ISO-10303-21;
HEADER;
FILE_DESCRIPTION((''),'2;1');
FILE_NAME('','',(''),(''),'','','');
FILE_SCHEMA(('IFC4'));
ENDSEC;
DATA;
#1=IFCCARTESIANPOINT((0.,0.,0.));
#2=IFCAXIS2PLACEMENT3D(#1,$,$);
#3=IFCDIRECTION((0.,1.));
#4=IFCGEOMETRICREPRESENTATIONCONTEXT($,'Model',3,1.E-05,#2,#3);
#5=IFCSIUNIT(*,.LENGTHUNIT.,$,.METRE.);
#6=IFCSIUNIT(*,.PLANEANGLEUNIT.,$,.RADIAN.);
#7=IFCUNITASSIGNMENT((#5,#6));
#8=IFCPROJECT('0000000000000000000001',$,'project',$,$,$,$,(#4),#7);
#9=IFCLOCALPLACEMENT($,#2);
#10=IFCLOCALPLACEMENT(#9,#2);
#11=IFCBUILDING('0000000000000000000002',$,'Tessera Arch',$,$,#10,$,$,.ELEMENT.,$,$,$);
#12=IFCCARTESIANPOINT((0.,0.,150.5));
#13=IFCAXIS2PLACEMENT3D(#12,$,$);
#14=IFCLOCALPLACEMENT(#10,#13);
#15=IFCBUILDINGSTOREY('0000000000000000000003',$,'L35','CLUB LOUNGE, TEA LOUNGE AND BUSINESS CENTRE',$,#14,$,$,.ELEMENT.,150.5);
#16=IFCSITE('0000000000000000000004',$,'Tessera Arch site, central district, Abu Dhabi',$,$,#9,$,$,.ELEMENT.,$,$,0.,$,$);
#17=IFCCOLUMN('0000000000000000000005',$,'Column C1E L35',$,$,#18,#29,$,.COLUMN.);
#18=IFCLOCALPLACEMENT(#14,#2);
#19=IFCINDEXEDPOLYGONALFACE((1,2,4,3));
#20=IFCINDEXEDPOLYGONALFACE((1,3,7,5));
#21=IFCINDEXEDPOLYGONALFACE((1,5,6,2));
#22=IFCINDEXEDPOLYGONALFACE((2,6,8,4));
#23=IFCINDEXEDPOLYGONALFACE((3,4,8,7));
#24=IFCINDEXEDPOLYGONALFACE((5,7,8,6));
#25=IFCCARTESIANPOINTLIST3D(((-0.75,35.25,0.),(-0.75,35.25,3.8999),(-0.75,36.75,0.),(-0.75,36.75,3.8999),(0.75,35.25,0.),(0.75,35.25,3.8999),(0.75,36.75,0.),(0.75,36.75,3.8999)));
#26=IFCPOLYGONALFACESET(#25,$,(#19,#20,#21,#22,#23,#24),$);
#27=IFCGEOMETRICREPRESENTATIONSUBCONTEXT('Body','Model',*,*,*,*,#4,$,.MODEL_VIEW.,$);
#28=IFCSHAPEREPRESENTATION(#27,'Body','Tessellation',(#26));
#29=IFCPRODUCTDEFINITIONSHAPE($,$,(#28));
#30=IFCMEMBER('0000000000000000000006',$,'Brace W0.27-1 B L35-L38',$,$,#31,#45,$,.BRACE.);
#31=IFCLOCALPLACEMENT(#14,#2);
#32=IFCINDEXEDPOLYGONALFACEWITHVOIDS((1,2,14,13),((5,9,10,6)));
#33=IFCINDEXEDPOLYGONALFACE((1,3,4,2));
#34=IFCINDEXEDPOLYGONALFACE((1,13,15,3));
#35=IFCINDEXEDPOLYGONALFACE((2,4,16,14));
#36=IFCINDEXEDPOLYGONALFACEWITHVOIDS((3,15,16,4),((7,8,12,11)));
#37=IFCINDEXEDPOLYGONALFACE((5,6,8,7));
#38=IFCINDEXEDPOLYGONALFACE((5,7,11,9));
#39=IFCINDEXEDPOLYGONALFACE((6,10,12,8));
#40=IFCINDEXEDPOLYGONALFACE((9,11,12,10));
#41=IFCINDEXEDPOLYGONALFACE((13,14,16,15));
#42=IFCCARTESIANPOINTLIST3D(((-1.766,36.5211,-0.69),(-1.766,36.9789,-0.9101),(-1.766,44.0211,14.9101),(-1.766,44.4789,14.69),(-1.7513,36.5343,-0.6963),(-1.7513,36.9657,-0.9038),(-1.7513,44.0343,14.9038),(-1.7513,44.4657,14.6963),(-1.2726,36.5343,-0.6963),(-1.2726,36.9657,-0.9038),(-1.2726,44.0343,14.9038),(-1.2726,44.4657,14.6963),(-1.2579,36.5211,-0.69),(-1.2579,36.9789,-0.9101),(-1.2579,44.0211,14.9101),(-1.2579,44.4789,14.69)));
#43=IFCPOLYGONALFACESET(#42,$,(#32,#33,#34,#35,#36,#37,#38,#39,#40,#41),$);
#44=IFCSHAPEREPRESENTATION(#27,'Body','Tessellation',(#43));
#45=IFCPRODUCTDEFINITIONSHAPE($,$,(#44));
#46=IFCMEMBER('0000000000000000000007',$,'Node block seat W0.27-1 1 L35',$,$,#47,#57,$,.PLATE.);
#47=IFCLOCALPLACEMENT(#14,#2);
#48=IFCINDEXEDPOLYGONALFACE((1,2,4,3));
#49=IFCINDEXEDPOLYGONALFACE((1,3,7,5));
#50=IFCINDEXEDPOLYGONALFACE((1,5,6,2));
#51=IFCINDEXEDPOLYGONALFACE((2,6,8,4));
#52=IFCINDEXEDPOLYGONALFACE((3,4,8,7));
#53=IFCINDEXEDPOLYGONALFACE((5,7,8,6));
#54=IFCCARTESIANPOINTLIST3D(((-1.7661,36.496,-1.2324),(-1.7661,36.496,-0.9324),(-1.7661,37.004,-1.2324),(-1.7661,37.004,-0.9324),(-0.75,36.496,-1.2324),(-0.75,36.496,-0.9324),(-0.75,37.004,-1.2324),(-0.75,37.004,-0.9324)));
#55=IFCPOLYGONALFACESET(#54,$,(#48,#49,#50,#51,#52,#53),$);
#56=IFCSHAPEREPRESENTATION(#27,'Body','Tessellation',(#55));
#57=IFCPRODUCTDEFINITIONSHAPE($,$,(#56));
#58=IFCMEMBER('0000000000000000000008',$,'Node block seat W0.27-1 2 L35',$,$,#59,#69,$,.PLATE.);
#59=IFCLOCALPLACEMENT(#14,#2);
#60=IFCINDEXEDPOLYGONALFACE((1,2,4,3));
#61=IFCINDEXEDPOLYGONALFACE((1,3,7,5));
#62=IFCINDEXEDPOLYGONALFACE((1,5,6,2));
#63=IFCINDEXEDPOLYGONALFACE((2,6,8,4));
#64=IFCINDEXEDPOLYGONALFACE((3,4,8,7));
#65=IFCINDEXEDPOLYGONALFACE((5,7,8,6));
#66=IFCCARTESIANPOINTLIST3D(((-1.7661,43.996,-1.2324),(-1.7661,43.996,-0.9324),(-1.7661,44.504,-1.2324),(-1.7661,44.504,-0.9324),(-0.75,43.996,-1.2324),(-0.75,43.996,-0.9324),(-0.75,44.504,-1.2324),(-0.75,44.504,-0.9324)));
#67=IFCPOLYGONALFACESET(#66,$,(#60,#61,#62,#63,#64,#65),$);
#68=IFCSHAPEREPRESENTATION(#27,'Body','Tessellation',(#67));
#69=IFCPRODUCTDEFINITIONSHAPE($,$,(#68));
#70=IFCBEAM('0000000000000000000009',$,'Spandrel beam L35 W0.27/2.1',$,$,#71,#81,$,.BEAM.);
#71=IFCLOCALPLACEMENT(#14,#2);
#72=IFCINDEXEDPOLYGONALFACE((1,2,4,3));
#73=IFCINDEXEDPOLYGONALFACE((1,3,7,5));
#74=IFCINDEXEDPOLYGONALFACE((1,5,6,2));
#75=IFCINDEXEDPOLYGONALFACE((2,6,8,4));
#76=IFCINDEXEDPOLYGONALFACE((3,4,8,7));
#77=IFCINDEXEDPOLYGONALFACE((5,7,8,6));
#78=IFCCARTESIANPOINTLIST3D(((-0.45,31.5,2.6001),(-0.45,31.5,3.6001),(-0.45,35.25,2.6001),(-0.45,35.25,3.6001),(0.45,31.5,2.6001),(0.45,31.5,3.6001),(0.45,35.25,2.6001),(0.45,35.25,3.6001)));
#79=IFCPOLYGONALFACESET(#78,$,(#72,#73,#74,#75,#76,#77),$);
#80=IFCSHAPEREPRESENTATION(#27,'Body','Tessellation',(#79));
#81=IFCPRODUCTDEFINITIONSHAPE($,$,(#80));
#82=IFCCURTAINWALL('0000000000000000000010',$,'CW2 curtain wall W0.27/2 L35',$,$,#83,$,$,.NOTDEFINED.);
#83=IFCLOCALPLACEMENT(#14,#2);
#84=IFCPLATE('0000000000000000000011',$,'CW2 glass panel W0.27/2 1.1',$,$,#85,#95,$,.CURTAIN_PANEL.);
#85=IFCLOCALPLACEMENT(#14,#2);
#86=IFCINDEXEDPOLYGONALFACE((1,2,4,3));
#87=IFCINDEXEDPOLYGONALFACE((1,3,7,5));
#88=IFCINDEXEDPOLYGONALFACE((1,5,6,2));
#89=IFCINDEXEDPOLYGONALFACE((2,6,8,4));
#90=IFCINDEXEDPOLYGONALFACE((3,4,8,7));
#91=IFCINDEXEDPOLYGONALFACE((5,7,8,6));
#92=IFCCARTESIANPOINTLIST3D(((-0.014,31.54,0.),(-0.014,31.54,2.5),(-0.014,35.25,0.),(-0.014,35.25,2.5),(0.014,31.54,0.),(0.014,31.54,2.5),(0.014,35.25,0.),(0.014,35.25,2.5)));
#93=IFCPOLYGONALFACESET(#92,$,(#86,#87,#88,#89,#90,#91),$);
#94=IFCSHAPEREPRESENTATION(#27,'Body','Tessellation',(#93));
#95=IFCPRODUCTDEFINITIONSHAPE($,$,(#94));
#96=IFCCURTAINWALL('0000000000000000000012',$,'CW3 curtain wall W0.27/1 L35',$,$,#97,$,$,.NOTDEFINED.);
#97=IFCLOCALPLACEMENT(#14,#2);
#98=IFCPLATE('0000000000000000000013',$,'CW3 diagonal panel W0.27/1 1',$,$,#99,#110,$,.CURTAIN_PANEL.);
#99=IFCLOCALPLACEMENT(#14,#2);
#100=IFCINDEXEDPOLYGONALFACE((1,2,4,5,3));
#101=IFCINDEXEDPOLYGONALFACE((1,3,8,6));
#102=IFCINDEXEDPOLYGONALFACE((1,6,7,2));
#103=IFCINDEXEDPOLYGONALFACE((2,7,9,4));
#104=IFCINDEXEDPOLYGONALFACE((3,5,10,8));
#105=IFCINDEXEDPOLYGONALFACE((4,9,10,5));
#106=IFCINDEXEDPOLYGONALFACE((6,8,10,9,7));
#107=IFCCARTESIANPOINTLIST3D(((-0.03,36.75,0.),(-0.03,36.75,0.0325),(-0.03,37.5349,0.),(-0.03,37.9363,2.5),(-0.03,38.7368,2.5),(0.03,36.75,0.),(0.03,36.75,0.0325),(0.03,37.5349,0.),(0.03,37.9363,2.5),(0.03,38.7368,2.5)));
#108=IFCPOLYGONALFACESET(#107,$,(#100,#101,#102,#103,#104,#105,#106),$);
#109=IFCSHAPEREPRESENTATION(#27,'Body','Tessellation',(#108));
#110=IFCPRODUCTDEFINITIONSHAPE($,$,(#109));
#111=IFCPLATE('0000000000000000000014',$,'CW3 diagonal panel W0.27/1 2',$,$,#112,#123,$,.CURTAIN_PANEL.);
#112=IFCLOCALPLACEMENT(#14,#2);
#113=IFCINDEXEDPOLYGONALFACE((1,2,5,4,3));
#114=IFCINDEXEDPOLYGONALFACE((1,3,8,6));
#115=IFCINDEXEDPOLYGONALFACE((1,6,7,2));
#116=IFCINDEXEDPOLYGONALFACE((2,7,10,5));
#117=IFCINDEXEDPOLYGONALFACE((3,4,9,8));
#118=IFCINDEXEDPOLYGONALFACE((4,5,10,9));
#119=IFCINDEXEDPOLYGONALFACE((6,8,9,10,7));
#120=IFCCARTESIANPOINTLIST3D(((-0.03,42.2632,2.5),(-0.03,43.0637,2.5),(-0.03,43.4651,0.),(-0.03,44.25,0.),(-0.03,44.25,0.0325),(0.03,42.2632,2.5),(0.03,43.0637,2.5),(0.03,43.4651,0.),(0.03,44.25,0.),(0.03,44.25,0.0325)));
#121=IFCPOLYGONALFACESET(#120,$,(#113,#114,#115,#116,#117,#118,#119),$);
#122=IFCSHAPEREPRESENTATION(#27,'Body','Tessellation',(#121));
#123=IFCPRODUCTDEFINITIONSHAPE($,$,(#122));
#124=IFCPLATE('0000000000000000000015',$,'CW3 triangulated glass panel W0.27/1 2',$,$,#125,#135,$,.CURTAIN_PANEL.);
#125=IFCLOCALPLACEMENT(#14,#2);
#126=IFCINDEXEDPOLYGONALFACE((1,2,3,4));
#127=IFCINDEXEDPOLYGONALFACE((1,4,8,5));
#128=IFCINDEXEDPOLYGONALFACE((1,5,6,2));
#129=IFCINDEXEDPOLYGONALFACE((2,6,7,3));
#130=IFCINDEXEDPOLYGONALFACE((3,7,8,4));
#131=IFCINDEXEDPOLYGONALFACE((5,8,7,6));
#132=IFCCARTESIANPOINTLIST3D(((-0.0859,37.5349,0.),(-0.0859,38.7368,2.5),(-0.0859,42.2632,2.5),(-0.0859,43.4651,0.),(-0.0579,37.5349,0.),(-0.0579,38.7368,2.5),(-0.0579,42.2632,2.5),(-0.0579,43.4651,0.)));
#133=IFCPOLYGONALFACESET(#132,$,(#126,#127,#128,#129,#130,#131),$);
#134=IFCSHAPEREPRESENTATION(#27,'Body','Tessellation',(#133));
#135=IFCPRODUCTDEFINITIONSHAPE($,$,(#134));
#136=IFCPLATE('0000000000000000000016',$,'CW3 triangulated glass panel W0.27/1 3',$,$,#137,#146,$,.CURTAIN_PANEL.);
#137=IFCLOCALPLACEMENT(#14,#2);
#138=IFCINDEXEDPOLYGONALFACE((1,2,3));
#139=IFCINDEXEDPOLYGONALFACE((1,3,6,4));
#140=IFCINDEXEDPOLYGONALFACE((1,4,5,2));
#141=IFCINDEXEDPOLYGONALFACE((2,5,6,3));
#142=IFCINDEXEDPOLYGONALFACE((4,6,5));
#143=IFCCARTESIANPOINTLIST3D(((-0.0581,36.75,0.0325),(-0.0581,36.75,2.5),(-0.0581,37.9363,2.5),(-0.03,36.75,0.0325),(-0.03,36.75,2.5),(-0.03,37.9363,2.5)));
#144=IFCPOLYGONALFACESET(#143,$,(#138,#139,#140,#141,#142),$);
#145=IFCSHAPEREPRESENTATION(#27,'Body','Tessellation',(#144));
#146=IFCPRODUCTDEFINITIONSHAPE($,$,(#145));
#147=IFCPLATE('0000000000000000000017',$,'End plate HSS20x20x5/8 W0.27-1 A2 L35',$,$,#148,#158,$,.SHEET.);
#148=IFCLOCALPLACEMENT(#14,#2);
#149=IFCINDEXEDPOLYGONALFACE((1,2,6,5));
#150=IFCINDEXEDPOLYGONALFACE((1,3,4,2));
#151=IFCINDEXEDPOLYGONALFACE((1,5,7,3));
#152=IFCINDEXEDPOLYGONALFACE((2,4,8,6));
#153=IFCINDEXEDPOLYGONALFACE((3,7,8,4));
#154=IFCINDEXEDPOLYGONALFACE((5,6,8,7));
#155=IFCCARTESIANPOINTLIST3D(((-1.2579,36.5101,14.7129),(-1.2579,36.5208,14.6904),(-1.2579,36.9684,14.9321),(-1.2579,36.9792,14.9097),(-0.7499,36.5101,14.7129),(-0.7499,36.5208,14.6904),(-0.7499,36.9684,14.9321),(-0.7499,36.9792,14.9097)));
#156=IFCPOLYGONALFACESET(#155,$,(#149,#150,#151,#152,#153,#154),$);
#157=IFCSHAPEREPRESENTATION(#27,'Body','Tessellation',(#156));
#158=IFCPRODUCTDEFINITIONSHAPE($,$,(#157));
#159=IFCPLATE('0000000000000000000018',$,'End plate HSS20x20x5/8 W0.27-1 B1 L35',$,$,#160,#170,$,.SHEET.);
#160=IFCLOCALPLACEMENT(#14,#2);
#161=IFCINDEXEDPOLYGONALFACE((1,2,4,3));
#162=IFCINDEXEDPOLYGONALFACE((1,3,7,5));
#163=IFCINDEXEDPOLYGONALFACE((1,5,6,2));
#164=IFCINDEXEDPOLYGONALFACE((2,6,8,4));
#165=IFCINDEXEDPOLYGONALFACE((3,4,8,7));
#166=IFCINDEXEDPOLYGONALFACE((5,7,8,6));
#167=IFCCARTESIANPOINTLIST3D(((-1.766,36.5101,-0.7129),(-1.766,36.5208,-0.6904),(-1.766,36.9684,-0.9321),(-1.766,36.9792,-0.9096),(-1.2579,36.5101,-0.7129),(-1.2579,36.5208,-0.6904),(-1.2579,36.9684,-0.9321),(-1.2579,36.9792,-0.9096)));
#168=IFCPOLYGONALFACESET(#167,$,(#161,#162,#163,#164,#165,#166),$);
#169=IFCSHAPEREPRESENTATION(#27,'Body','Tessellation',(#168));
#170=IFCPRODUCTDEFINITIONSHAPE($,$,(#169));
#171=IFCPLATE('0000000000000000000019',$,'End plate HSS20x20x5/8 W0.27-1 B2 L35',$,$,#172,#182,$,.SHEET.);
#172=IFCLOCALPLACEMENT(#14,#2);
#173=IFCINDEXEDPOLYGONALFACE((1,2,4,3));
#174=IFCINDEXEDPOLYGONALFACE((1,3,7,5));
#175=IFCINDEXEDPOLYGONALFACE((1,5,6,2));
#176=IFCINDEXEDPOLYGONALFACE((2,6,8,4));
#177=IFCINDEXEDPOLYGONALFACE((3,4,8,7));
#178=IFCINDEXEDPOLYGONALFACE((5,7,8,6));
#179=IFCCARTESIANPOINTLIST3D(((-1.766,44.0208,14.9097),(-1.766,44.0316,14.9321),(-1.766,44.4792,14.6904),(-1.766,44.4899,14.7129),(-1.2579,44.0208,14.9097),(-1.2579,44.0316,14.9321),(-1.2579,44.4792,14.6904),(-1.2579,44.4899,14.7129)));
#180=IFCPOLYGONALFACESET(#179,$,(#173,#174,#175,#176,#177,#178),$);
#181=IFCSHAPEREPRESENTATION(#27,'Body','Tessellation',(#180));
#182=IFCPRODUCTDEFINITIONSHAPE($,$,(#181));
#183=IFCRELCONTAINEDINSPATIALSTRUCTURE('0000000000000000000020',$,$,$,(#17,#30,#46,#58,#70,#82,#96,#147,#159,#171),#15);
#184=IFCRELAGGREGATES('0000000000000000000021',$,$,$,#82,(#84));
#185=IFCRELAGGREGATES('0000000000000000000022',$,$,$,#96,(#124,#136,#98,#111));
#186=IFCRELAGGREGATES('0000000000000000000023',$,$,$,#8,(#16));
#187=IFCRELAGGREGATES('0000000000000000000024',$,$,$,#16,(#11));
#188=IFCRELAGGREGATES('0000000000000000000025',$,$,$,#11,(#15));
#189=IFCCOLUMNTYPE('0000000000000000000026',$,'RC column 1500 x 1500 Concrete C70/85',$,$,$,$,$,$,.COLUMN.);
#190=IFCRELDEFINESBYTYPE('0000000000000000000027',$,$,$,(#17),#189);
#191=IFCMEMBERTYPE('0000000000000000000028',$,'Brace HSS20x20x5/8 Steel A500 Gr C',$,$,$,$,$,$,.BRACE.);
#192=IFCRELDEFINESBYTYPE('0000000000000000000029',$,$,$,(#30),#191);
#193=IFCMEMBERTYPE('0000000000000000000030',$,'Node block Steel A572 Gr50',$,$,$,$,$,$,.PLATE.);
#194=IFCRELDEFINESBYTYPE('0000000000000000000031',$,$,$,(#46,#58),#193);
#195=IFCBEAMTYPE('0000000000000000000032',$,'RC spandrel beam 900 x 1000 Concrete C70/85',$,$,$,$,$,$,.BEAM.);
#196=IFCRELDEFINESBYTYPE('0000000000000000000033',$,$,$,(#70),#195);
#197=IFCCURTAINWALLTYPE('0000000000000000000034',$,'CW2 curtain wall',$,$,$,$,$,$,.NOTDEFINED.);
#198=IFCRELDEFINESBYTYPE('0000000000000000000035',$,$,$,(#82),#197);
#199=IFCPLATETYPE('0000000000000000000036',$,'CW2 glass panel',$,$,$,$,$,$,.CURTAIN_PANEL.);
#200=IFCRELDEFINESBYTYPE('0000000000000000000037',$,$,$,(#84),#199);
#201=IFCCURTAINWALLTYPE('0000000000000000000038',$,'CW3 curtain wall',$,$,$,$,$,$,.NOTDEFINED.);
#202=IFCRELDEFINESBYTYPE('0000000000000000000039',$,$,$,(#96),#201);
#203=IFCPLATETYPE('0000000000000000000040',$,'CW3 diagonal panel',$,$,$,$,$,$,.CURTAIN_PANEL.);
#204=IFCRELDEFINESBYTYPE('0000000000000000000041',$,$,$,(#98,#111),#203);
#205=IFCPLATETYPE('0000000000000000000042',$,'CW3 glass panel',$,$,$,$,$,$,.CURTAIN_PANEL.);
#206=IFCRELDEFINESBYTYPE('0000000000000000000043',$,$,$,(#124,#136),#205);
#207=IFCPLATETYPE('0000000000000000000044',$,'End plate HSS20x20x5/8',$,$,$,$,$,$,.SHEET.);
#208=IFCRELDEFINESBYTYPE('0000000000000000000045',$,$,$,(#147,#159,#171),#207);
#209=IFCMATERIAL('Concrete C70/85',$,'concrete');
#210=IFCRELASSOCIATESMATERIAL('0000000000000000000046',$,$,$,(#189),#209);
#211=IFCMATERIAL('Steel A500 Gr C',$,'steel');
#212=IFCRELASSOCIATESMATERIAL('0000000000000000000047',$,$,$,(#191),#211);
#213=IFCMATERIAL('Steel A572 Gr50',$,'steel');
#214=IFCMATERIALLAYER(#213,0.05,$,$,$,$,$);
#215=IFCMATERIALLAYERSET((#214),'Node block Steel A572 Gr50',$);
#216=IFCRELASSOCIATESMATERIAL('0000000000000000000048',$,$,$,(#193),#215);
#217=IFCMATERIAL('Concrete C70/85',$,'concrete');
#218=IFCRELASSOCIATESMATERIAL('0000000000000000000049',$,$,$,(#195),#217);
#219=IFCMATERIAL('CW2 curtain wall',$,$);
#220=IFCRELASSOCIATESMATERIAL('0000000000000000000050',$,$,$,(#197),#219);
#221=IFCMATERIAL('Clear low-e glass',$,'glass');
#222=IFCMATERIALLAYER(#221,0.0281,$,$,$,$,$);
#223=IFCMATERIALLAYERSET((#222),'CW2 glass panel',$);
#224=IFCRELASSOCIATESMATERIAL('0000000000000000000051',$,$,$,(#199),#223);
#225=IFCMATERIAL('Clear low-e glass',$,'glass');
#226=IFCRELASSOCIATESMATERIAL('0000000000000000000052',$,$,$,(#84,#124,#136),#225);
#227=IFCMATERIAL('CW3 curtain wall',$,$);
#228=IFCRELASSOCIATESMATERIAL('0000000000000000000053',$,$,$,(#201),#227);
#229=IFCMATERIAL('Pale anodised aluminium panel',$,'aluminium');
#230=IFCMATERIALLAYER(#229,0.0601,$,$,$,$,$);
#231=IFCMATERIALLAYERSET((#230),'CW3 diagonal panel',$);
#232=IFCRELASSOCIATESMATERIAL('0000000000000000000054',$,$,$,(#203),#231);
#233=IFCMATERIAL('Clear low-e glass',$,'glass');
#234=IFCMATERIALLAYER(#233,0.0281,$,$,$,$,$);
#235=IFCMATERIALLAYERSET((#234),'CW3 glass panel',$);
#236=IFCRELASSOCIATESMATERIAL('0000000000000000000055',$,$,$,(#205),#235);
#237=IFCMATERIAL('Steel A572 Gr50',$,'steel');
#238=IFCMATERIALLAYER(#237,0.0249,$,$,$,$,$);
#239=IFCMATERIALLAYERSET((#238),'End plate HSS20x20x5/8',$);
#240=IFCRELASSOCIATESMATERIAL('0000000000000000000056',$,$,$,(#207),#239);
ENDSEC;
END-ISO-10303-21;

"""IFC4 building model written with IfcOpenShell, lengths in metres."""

from ifc_helpers import new_model, si_unit, direction, frame, origin, origin_2d, place, context, subcontext, project, spatial, polyline, rectangle, hollow_rectangle, outline, extrude, material, layer, layer_set, material_profile, profile_set, type_object, element, aggregate, save


model = new_model("IFC4")

# Units and contexts
model_context = context("Model", 3, precision=1e-05, world=origin(), true_north=direction((0.0, 1.0)))
body_context = subcontext(model_context, "Body", "Model", "MODEL_VIEW")
ifc_project = project(units=[si_unit("LENGTHUNIT", "METRE"), si_unit("PLANEANGLEUNIT", "RADIAN")], contexts=[model_context])

# Site, building, storey
site_placement = place(None, origin())
site = spatial("IfcSite", under=ifc_project, at=site_placement, Name="Tessera Arch site, central district, Abu Dhabi", CompositionType="ELEMENT", RefElevation=0.0)
building_placement = place(site_placement, origin())
building = spatial("IfcBuilding", under=site, at=building_placement, Name="Tessera Arch", CompositionType="ELEMENT")
storey_placement = place(building_placement, frame((0.0, 0.0, 150.5)))
storey = spatial("IfcBuildingStorey", under=building, at=storey_placement, Name="L35", Description="CLUB LOUNGE, TEA LOUNGE AND BUSINESS CENTRE", CompositionType="ELEMENT", Elevation=150.5)

# Column
ifc_material_1 = material(Name="Concrete C70/85", Category="concrete")
ifc_material_profile_1 = material_profile(ifc_material_1, rectangle(XDim=1.5, YDim=1.5, at=origin_2d()), Name="RC column 1500 x 1500 Concrete C70/85")
ifc_profile_set_1 = profile_set([ifc_material_profile_1], Name="Concrete C70/85")
column_type = type_object("IfcColumnType", Name="RC column 1500 x 1500 Concrete C70/85", PredefinedType="COLUMN", material=ifc_profile_set_1)
column_placement = place(storey_placement, frame((0.0, 36.0, 0.0), z_axis=(0.0, 0.0, 1.0), x_axis=(1.0, 0.0, 0.0)))
element("IfcColumn", 1, at=column_placement, inside=storey, type_object=column_type, Name="Column C1E L35", PredefinedType="COLUMN", context=body_context, shape_type="SweptSolid", body=[
    extrude(rectangle(XDim=1.5, YDim=1.5, at=origin_2d()), origin(), (0.0, 0.0, 1.0), 3.8999),
])

# Members
ifc_material_2 = material(Name="Steel A500 Gr C", Category="steel")
ifc_material_profile_2 = material_profile(ifc_material_2, hollow_rectangle(XDim=0.5081, YDim=0.5081, WallThickness=0.0146, at=origin_2d()), Name="HSS20x20x5/8")
ifc_profile_set_2 = profile_set([ifc_material_profile_2], Name="Steel A500 Gr C")
member_type_1 = type_object("IfcMemberType", Name="Brace HSS20x20x5/8 Steel A500 Gr C", PredefinedType="BRACE", material=ifc_profile_set_2)
member_placement = place(storey_placement, frame((-1.512, 36.75, -0.8), z_axis=(0.0, 0.433292, 0.901253), x_axis=(-1.0, 0.0, 0.0)))
element("IfcMember", 2, at=member_placement, inside=storey, type_object=member_type_1, Name="Brace W0.27-1 B L35-L38", PredefinedType="BRACE", context=body_context, shape_type="SweptSolid", body=[
    extrude(hollow_rectangle(XDim=0.5081, YDim=0.5081, WallThickness=0.0146, at=origin_2d()), origin(), (0.0, 0.0, 1.0), 17.3093),
])
ifc_material_3 = material(Name="Steel A572 Gr50", Category="steel")
ifc_layer_1 = layer(ifc_material_3, 0.05)
ifc_layer_set_1 = layer_set([ifc_layer_1], Name="Node block Steel A572 Gr50")
member_type_2 = type_object("IfcMemberType", Name="Node block Steel A572 Gr50", PredefinedType="PLATE", material=ifc_layer_set_1)
for number, where, z_axis, x_axis, name in (
    (3, (-1.2581, 36.75, -1.2324), (0.0, 0.0, 1.0), (0.0, -1.0, 0.0), "Node block seat W0.27-1 1 L35"),
    (4, (-1.2581, 44.25, -1.2324), (0.0, 0.0, 1.0), (0.0, -1.0, 0.0), "Node block seat W0.27-1 2 L35"),
):
    element("IfcMember", number, at=place(storey_placement, frame(where, z_axis=z_axis, x_axis=x_axis)), inside=storey, type_object=member_type_2, Name=name, PredefinedType="PLATE", context=body_context, shape_type="SweptSolid", body=[
        extrude(rectangle(XDim=0.5081, YDim=1.0161, at=origin_2d()), origin(), (0.0, 0.0, 1.0), 0.3),
    ])

# Beam
ifc_material_4 = material(Name="Concrete C70/85", Category="concrete")
ifc_material_profile_3 = material_profile(ifc_material_4, rectangle(XDim=0.8999, YDim=1.0, at=origin_2d()), Name="RC spandrel beam 900 x 1000 Concrete C70/85")
ifc_profile_set_3 = profile_set([ifc_material_profile_3], Name="Concrete C70/85")
beam_type = type_object("IfcBeamType", Name="RC spandrel beam 900 x 1000 Concrete C70/85", PredefinedType="BEAM", material=ifc_profile_set_3)
beam_placement = place(storey_placement, frame((0.0, 35.25, 3.1001), z_axis=(0.0, -1.0, 0.0), x_axis=(1.0, 0.0, 0.0)))
element("IfcBeam", 5, at=beam_placement, inside=storey, type_object=beam_type, Name="Spandrel beam L35 W0.27/2.1", PredefinedType="BEAM", context=body_context, shape_type="SweptSolid", body=[
    extrude(rectangle(XDim=0.8999, YDim=1.0, at=origin_2d()), origin(), (0.0, 0.0, 1.0), 3.75),
])

# Curtain wall, plate
ifc_material_5 = material(Name="CW2 curtain wall")
curtain_wall_type_1 = type_object("IfcCurtainWallType", Name="CW2 curtain wall", PredefinedType="NOTDEFINED", material=ifc_material_5)
curtain_wall_1_placement = place(storey_placement, origin())
curtain_wall_1 = element("IfcCurtainWall", 6, at=curtain_wall_1_placement, inside=storey, type_object=curtain_wall_type_1, Name="CW2 curtain wall W0.27/2 L35", PredefinedType="NOTDEFINED")
ifc_material_6 = material(Name="Clear low-e glass", Category="glass")
ifc_material_7 = material(Name="Clear low-e glass", Category="glass")
ifc_layer_2 = layer(ifc_material_7, 0.0281)
ifc_layer_set_2 = layer_set([ifc_layer_2], Name="CW2 glass panel")
plate_type_1 = type_object("IfcPlateType", Name="CW2 glass panel", PredefinedType="CURTAIN_PANEL", material=ifc_layer_set_2)
plate_1_placement = place(storey_placement, frame((0.0, 33.395, 0.0), z_axis=(0.0, 0.0, 1.0), x_axis=(0.0, -1.0, 0.0)))
plate_1 = element("IfcPlate", 7, at=plate_1_placement, type_object=plate_type_1, material=ifc_material_6, Name="CW2 glass panel W0.27/2 1.1", PredefinedType="CURTAIN_PANEL", context=body_context, shape_type="SweptSolid", body=[
    extrude(rectangle(XDim=3.71, YDim=0.0281, at=origin_2d()), origin(), (0.0, 0.0, 1.0), 2.5),
])
aggregate(curtain_wall_1, [plate_1])

# Curtain wall, plates
ifc_material_8 = material(Name="CW3 curtain wall")
curtain_wall_type_2 = type_object("IfcCurtainWallType", Name="CW3 curtain wall", PredefinedType="NOTDEFINED", material=ifc_material_8)
curtain_wall_2_placement = place(storey_placement, origin())
curtain_wall_2 = element("IfcCurtainWall", 8, at=curtain_wall_2_placement, inside=storey, type_object=curtain_wall_type_2, Name="CW3 curtain wall W0.27/1 L35", PredefinedType="NOTDEFINED")
ifc_material_9 = material(Name="Pale anodised aluminium panel", Category="aluminium")
ifc_layer_3 = layer(ifc_material_9, 0.0601)
ifc_layer_set_3 = layer_set([ifc_layer_3], Name="CW3 diagonal panel")
plate_type_2 = type_object("IfcPlateType", Name="CW3 diagonal panel", PredefinedType="CURTAIN_PANEL", material=ifc_layer_set_3)
plate_2_placement = place(storey_placement, frame((-0.03, 36.75, 0.0), z_axis=(-1.0, 0.0, 0.0), x_axis=(0.0, 0.0, 1.0)))
plate_2 = element("IfcPlate", 9, at=plate_2_placement, type_object=plate_type_2, Name="CW3 diagonal panel W0.27/1 1", PredefinedType="CURTAIN_PANEL", context=body_context, shape_type="SweptSolid", body=[
    extrude(outline(polyline([(0.0, 0.0), (0.0325, 0.0), (2.5, 1.1863), (2.5, 1.9868), (0.0, 0.7849), (0.0, 0.0)])), origin(), (0.0, 0.0, -1.0), 0.0601),
])
plate_3_placement = place(storey_placement, frame((-0.03, 42.2632, 2.5), z_axis=(-1.0, 0.0, 0.0), x_axis=(0.0, 1.0, 0.0)))
plate_3 = element("IfcPlate", 10, at=plate_3_placement, type_object=plate_type_2, Name="CW3 diagonal panel W0.27/1 2", PredefinedType="CURTAIN_PANEL", context=body_context, shape_type="SweptSolid", body=[
    extrude(outline(polyline([(0.0, 0.0), (0.8005, 0.0), (1.9868, 2.4675), (1.9868, 2.5), (1.2019, 2.5), (0.0, 0.0)])), origin(), (0.0, 0.0, -1.0), 0.0601),
])
ifc_material_10 = material(Name="Clear low-e glass", Category="glass")
ifc_layer_4 = layer(ifc_material_10, 0.0281)
ifc_layer_set_4 = layer_set([ifc_layer_4], Name="CW3 glass panel")
plate_type_3 = type_object("IfcPlateType", Name="CW3 glass panel", PredefinedType="CURTAIN_PANEL", material=ifc_layer_set_4)
plate_4_placement = place(storey_placement, frame((-0.0859, 38.7368, 2.5), z_axis=(-1.0, 0.0, 0.0), x_axis=(0.0, 1.0, 0.0)))
plate_4 = element("IfcPlate", 11, at=plate_4_placement, type_object=plate_type_3, material=ifc_material_6, Name="CW3 triangulated glass panel W0.27/1 2", PredefinedType="CURTAIN_PANEL", context=body_context, shape_type="SweptSolid", body=[
    extrude(outline(polyline([(0.0, 0.0), (3.5264, 0.0), (4.7283, 2.5), (-1.2019, 2.5), (0.0, 0.0)])), origin(), (0.0, 0.0, -1.0), 0.0281),
])
plate_5_placement = place(storey_placement, frame((-0.0581, 36.75, 2.5), z_axis=(-1.0, 0.0, 0.0), x_axis=(0.0, 1.0, 0.0)))
plate_5 = element("IfcPlate", 12, at=plate_5_placement, type_object=plate_type_3, material=ifc_material_6, Name="CW3 triangulated glass panel W0.27/1 3", PredefinedType="CURTAIN_PANEL", context=body_context, shape_type="SweptSolid", body=[
    extrude(outline(polyline([(0.0, 0.0), (1.1863, 0.0), (0.0, 2.4675), (0.0, 0.0)])), origin(), (0.0, 0.0, -1.0), 0.0281),
])
aggregate(curtain_wall_2, [plate_4, plate_5, plate_2, plate_3])

# Plates
ifc_material_11 = material(Name="Steel A572 Gr50", Category="steel")
ifc_layer_5 = layer(ifc_material_11, 0.0249)
ifc_layer_set_5 = layer_set([ifc_layer_5], Name="End plate HSS20x20x5/8")
plate_type_4 = type_object("IfcPlateType", Name="End plate HSS20x20x5/8", PredefinedType="SHEET", material=ifc_layer_set_5)
for number, where, z_axis, x_axis, name in (
    (13, (-1.0039, 36.75, 14.8), (0.0, -0.431455, 0.902134), (1.0, 0.0, 0.0), "End plate HSS20x20x5/8 W0.27-1 A2 L35"),
    (14, (-1.512, 36.7393, -0.8225), (0.0, 0.431455, 0.902134), (-1.0, 0.0, 0.0), "End plate HSS20x20x5/8 W0.27-1 B1 L35"),
    (15, (-1.512, 44.25, 14.8), (0.0, 0.431455, 0.902134), (-1.0, 0.0, 0.0), "End plate HSS20x20x5/8 W0.27-1 B2 L35"),
):
    element("IfcPlate", number, at=place(storey_placement, frame(where, z_axis=z_axis, x_axis=x_axis)), inside=storey, type_object=plate_type_4, Name=name, PredefinedType="SHEET", context=body_context, shape_type="SweptSolid", body=[
        extrude(rectangle(XDim=0.5081, YDim=0.5081, at=origin_2d()), origin(), (0.0, 0.0, 1.0), 0.0249),
    ])

save(model, "model.ifc")
